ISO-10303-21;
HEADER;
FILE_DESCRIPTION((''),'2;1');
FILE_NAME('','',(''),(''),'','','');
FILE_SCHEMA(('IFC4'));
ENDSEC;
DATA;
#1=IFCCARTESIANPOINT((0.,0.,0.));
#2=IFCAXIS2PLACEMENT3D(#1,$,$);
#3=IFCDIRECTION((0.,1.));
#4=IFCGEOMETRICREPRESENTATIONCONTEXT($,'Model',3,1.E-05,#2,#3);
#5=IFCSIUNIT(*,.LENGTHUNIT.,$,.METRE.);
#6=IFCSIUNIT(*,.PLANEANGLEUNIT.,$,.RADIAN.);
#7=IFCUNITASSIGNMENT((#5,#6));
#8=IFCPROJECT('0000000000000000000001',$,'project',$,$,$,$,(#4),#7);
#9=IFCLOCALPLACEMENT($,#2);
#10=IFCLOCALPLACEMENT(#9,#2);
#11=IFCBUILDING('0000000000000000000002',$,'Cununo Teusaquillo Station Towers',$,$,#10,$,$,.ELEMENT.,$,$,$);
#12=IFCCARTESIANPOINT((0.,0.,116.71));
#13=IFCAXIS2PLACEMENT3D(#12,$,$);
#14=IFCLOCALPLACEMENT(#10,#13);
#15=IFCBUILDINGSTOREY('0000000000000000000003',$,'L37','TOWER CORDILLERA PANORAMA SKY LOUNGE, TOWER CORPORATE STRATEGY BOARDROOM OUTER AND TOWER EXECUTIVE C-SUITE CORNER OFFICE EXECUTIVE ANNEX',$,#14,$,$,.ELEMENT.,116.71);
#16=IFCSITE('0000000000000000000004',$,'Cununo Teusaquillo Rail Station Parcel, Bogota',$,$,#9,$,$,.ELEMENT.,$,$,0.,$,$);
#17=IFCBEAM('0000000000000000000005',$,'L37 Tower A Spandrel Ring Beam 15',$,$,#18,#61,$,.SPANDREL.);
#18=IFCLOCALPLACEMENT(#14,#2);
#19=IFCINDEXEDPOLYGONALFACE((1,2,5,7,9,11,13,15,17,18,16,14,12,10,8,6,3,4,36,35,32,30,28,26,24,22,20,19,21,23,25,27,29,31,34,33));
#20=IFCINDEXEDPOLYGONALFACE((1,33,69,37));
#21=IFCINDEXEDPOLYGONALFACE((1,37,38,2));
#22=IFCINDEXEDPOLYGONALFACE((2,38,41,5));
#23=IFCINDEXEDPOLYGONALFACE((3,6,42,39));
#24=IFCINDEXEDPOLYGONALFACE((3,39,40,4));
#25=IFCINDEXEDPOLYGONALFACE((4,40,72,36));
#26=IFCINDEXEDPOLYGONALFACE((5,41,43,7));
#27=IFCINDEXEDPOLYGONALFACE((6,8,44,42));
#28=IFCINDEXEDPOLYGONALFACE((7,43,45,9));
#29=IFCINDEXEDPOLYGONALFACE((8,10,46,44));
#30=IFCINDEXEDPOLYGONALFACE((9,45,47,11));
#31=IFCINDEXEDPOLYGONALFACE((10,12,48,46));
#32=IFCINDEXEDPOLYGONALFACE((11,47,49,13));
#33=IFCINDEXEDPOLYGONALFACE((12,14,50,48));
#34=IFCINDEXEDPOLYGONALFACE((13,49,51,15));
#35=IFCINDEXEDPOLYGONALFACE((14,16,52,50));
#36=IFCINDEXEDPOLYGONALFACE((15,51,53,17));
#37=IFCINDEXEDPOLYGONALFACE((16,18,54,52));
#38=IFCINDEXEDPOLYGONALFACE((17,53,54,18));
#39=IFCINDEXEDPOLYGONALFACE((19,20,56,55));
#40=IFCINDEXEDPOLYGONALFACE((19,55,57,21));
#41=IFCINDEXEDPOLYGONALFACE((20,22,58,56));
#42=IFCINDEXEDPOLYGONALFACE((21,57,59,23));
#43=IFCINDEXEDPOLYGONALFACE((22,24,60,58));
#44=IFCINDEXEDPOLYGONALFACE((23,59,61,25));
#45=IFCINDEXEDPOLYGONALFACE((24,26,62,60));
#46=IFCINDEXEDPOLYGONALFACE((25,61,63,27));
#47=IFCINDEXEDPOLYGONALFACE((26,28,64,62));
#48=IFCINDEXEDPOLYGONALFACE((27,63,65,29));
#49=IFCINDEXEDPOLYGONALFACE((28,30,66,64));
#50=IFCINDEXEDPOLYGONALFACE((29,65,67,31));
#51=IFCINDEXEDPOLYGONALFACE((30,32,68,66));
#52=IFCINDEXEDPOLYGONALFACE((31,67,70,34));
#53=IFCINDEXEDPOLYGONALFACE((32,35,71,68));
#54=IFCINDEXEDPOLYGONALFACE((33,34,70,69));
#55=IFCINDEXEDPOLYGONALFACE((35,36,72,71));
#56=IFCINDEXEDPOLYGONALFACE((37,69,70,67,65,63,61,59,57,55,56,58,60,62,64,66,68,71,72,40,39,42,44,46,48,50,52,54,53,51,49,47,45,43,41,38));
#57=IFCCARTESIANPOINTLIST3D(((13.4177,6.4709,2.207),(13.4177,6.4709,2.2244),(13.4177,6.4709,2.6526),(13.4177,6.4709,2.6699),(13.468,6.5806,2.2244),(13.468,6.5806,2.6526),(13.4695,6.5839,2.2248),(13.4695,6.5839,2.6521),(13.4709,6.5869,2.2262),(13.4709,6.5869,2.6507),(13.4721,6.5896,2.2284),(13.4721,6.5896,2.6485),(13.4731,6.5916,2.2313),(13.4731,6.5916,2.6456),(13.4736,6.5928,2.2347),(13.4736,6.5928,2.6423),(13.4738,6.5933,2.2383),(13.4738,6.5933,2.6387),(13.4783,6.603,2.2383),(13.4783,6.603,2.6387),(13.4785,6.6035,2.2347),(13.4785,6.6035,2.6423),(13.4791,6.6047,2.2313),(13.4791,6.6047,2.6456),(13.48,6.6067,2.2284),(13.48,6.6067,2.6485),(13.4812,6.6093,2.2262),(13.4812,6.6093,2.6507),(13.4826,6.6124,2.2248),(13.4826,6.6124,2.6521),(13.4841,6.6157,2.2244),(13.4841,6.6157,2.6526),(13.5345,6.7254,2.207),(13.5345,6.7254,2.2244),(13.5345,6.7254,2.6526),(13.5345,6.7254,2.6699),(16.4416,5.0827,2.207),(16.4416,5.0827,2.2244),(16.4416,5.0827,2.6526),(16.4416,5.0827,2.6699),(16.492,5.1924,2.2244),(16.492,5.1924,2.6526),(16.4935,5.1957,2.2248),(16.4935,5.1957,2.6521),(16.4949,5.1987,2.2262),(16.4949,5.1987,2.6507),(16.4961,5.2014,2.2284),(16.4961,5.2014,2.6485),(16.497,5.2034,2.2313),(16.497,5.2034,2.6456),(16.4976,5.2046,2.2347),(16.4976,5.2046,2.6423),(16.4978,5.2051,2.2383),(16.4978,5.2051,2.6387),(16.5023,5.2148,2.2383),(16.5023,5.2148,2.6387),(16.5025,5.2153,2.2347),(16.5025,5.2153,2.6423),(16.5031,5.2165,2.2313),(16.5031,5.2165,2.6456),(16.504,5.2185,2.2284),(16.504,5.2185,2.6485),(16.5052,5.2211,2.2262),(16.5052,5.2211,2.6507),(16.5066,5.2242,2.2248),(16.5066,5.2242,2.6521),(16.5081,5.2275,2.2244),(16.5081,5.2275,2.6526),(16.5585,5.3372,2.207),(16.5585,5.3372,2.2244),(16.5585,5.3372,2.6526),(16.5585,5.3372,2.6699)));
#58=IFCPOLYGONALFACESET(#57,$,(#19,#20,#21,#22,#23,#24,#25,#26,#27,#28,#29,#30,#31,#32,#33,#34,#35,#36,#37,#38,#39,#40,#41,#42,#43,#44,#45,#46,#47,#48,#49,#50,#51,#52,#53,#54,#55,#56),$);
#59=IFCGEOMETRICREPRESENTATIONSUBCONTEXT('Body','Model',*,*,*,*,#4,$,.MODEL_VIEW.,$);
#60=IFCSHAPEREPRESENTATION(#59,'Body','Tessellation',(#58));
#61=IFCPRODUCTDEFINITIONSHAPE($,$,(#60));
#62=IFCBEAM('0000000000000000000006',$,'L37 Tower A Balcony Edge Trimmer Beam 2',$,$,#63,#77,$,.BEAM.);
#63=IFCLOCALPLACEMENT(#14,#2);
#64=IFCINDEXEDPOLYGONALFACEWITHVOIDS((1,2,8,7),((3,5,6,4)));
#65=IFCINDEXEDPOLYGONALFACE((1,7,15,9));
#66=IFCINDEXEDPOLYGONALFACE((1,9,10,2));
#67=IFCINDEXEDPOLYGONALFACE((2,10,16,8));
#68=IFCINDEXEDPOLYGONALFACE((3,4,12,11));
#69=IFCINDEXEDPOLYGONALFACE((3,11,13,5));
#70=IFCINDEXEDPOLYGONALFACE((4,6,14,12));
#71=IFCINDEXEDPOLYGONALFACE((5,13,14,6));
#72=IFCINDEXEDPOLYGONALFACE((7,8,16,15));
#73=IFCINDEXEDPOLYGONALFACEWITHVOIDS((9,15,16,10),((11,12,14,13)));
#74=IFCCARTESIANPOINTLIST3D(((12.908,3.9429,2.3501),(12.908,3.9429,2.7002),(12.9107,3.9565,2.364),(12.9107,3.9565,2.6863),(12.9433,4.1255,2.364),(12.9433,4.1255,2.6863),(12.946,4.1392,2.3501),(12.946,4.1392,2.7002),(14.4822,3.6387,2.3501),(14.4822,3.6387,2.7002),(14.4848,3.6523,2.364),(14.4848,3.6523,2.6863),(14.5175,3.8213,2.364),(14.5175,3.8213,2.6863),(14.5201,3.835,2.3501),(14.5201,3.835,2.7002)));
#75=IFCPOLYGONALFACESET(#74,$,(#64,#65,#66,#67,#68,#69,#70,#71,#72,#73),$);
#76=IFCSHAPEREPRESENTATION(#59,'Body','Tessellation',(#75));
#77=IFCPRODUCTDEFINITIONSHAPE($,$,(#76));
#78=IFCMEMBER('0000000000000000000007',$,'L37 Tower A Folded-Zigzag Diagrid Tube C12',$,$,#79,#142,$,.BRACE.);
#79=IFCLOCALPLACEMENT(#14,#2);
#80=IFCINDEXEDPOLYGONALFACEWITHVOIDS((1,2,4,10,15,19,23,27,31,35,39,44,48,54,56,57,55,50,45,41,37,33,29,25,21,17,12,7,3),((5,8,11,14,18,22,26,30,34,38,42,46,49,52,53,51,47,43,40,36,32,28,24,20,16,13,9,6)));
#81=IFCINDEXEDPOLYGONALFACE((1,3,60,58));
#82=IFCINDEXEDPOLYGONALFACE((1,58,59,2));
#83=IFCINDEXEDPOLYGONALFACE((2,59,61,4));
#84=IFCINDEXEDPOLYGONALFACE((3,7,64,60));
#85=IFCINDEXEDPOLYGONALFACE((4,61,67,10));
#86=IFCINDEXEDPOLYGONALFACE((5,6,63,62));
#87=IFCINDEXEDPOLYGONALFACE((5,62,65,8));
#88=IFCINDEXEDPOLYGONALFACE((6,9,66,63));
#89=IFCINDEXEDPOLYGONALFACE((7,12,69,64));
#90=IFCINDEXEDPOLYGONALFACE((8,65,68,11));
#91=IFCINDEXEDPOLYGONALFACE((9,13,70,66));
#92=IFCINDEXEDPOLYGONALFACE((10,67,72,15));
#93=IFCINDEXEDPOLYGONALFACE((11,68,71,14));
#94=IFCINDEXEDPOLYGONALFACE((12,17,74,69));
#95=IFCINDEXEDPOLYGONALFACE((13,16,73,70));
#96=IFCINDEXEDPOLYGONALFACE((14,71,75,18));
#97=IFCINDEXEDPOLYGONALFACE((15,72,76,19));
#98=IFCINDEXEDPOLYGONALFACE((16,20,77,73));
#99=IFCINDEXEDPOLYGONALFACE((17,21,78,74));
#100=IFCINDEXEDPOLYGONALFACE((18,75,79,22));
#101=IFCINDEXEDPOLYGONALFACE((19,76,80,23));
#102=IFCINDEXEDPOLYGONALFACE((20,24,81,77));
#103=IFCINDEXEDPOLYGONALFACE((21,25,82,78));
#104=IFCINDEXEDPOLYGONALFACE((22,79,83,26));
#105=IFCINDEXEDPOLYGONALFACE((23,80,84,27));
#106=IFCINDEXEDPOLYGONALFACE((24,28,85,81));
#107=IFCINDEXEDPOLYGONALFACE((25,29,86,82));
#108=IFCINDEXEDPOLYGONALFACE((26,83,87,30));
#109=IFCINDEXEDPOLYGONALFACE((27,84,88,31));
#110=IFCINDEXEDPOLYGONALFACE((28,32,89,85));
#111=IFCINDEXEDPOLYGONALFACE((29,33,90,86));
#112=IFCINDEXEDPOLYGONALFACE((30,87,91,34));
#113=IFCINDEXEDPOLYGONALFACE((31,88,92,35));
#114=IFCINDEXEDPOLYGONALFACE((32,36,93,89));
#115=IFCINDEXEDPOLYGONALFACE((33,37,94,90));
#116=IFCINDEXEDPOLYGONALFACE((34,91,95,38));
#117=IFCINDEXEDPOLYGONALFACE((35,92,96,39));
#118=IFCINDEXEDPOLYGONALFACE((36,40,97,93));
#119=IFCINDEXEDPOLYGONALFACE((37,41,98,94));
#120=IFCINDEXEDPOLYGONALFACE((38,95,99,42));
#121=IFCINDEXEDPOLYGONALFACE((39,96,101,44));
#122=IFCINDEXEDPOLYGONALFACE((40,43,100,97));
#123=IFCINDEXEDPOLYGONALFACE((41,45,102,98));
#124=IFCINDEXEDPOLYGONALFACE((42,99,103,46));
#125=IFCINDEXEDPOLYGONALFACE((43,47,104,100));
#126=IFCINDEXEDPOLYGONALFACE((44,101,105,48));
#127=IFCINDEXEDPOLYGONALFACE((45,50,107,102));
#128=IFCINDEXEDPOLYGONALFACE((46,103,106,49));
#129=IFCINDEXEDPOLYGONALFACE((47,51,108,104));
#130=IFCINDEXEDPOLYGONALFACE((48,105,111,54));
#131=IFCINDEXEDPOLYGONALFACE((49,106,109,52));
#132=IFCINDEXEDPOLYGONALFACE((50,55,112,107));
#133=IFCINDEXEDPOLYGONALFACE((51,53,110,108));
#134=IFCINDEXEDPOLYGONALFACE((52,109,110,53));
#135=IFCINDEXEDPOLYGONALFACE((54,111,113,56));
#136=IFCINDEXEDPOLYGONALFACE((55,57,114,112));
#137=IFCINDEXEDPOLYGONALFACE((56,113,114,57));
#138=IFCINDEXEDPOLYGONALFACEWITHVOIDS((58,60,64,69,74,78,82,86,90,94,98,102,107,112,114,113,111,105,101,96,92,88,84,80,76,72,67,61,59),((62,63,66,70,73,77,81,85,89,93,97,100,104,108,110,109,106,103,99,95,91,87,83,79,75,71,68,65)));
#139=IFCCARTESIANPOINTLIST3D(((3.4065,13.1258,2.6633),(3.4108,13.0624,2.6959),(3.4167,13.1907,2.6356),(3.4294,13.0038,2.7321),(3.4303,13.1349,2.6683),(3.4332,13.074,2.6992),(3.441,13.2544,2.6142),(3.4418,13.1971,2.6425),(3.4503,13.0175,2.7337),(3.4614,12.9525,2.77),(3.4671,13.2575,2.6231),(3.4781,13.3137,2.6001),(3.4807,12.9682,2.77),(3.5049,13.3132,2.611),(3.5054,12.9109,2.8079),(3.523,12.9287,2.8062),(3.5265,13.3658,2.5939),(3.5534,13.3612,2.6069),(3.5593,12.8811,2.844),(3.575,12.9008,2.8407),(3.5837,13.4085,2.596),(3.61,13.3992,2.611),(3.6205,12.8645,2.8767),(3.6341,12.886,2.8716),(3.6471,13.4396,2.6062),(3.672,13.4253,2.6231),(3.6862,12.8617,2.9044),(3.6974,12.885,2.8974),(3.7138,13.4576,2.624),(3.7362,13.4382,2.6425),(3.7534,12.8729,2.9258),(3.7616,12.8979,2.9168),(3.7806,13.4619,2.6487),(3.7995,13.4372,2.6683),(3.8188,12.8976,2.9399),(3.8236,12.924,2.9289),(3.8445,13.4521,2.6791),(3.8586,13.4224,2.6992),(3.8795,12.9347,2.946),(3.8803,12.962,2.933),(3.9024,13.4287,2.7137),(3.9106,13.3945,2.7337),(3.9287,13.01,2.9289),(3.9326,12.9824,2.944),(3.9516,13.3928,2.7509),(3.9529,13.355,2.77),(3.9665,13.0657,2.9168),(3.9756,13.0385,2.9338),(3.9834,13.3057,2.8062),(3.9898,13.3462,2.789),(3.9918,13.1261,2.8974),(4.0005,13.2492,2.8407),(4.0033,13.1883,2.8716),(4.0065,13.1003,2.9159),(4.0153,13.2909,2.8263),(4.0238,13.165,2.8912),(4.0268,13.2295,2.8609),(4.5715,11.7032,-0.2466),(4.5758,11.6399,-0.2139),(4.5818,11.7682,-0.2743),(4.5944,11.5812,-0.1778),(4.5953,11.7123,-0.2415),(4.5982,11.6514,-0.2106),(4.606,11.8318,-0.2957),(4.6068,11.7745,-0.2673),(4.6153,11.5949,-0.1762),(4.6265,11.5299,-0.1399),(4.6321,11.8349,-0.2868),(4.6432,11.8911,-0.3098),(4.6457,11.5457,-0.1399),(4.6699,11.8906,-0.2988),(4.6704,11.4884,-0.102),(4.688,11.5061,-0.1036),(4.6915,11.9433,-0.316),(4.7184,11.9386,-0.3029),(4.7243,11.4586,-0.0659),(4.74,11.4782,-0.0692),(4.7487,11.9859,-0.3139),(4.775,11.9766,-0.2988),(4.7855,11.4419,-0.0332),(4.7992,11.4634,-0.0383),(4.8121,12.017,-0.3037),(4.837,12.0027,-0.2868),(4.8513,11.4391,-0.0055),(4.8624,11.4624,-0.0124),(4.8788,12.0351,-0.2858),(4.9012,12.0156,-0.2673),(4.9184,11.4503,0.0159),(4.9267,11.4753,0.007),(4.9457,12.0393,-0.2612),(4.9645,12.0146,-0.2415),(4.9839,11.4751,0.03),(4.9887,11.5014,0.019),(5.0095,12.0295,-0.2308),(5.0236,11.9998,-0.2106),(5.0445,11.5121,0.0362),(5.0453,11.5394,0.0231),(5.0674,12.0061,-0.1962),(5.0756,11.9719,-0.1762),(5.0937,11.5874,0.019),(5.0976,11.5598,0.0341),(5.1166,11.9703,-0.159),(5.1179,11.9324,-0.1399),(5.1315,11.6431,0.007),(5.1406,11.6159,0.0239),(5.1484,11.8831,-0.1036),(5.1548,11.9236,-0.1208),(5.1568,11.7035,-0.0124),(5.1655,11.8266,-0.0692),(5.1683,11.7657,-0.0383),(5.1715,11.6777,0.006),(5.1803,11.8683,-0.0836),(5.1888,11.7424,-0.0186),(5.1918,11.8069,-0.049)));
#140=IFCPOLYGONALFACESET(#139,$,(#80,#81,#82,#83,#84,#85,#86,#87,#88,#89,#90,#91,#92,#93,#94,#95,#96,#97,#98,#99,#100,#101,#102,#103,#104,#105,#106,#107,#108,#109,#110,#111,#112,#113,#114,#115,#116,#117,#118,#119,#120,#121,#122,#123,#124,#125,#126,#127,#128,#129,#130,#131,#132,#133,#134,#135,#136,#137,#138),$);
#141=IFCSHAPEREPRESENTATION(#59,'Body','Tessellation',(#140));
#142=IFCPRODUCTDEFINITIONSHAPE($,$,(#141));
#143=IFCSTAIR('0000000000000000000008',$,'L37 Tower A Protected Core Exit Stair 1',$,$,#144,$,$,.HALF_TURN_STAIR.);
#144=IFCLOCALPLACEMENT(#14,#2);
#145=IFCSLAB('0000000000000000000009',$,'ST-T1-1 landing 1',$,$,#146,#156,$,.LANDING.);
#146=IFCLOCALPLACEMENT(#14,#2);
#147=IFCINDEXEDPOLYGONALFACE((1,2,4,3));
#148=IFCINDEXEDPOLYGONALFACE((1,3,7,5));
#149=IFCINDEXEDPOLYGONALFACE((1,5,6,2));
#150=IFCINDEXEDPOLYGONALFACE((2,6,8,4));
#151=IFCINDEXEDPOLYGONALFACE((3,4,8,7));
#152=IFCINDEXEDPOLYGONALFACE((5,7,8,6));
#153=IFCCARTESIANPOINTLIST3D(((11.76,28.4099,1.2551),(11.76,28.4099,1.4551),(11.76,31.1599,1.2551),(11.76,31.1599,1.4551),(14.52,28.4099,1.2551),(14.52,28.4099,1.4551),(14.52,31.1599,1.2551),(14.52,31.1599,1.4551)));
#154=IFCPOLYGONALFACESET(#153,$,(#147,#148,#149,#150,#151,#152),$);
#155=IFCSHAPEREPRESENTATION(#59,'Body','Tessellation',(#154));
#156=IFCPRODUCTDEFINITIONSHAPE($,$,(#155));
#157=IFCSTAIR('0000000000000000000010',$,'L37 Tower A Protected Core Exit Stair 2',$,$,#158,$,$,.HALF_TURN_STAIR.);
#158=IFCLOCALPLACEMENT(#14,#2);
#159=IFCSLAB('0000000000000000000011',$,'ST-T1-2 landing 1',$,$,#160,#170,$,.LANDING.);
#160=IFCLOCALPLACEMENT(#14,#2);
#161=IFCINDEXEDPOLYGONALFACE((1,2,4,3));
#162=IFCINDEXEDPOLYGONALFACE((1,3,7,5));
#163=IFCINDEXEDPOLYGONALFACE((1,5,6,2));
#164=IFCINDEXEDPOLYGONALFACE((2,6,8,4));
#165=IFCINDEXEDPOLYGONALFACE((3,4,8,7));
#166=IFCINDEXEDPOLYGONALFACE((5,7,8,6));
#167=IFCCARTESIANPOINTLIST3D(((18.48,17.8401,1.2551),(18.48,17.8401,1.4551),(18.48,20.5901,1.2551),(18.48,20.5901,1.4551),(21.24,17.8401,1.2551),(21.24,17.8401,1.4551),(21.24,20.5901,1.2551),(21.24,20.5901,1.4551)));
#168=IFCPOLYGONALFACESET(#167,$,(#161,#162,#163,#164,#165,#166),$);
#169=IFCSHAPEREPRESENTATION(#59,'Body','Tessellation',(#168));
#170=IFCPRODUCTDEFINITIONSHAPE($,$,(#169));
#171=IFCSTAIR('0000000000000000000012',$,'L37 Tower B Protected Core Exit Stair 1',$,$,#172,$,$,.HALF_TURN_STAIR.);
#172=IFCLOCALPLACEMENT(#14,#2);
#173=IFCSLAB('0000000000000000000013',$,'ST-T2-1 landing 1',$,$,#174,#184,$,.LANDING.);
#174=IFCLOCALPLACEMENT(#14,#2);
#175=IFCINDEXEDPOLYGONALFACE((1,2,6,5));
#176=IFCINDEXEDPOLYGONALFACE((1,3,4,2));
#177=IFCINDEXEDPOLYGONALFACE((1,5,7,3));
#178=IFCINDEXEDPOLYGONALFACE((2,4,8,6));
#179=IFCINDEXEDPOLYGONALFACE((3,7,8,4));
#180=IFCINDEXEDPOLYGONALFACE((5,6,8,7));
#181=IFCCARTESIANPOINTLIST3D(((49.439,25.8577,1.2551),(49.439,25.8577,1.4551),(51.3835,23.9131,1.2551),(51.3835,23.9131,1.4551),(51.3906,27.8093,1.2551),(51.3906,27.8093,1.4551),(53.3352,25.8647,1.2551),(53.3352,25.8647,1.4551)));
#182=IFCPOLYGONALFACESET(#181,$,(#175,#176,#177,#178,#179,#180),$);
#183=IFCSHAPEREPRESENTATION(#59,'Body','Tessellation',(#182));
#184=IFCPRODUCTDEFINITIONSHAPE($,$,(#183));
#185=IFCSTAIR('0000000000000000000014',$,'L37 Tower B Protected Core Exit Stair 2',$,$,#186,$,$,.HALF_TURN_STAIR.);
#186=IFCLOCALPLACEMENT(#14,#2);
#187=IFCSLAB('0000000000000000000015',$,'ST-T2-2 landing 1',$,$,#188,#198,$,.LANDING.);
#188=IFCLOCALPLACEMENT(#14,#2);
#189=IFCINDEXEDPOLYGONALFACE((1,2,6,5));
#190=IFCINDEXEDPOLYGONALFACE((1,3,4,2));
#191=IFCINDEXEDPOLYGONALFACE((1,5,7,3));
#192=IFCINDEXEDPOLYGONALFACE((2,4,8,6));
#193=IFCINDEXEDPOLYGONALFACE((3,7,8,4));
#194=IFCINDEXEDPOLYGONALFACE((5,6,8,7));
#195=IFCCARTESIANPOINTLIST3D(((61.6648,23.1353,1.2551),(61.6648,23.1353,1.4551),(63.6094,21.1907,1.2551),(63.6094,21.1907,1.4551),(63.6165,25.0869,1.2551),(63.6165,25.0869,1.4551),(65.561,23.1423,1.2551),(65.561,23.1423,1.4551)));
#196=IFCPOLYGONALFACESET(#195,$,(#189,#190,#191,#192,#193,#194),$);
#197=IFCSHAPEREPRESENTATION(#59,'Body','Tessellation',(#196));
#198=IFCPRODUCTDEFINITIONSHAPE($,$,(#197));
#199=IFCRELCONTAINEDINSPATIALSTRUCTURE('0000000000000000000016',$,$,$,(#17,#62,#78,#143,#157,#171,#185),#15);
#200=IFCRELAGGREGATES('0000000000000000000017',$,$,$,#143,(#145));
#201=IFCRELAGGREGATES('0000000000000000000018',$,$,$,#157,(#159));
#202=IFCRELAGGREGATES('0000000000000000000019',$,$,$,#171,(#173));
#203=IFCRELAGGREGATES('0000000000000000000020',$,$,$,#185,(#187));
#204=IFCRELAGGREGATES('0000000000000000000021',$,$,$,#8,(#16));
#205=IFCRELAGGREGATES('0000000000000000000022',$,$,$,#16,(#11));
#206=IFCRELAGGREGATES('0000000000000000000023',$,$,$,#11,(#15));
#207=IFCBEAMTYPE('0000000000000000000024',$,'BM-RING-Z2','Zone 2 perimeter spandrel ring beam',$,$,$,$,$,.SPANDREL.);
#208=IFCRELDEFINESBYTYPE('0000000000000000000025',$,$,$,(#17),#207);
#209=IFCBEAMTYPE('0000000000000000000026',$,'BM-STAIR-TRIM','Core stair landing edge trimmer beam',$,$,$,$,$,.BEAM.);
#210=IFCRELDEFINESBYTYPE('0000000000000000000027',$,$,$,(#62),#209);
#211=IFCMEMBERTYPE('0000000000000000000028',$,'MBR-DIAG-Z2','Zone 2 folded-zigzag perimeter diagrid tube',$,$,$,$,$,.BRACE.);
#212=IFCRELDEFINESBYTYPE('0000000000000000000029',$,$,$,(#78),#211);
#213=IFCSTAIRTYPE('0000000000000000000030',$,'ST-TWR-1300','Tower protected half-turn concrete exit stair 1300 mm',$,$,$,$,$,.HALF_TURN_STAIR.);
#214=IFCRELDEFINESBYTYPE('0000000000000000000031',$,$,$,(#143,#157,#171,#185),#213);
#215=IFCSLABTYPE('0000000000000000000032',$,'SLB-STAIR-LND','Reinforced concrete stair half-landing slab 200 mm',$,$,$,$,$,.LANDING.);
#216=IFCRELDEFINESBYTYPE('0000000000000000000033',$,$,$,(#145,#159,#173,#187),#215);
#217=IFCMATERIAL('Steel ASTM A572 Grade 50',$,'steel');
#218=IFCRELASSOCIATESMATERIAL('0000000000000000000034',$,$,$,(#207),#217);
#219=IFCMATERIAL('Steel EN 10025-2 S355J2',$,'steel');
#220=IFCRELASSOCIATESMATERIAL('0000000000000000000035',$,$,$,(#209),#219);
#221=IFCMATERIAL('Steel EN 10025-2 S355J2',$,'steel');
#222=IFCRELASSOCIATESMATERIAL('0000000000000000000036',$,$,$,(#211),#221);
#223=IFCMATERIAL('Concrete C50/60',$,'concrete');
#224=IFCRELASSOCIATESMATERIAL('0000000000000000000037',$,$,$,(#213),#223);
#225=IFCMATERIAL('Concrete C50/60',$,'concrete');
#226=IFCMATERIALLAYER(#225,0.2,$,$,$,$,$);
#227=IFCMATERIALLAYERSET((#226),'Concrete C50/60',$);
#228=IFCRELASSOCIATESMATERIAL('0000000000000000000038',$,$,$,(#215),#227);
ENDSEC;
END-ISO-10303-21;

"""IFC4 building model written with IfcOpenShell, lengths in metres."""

from ifc_helpers import new_model, si_unit, direction, frame, origin, origin_2d, place, context, subcontext, project, spatial, polyline, hollow_rectangle, hollow_circle, i_section, outline, extrude, material, layer, layer_set, material_profile, profile_set, type_object, element, aggregate, save


model = new_model("IFC4")

# Units and contexts
model_context = context("Model", 3, precision=1e-05, world=origin(), true_north=direction((0.0, 1.0)))
body_context = subcontext(model_context, "Body", "Model", "MODEL_VIEW")
ifc_project = project(units=[si_unit("LENGTHUNIT", "METRE"), si_unit("PLANEANGLEUNIT", "RADIAN")], contexts=[model_context])

# Site, building, storey
site_placement = place(None, origin())
site = spatial("IfcSite", under=ifc_project, at=site_placement, Name="Cununo Teusaquillo Rail Station Parcel, Bogota", CompositionType="ELEMENT", RefElevation=0.0)
building_placement = place(site_placement, origin())
building = spatial("IfcBuilding", under=site, at=building_placement, Name="Cununo Teusaquillo Station Towers", CompositionType="ELEMENT")
storey_placement = place(building_placement, frame((0.0, 0.0, 116.71)))
storey = spatial("IfcBuildingStorey", under=building, at=storey_placement, Name="L37", Description="TOWER CORDILLERA PANORAMA SKY LOUNGE, TOWER CORPORATE STRATEGY BOARDROOM OUTER AND TOWER EXECUTIVE C-SUITE CORNER OFFICE EXECUTIVE ANNEX", CompositionType="ELEMENT", Elevation=116.71)

# Beams
ifc_material_1 = material(Name="Steel ASTM A572 Grade 50", Category="steel")
ifc_material_profile_1 = material_profile(ifc_material_1, i_section(OverallWidth=0.28, OverallDepth=0.4629, WebThickness=0.0107, FlangeThickness=0.0173, FilletRadius=0.0139, at=origin_2d()), Name="W18X76")
ifc_profile_set_1 = profile_set([ifc_material_profile_1], Name="Steel ASTM A572 Grade 50")
beam_type_1 = type_object("IfcBeamType", Name="BM-RING-Z2", Description="Zone 2 perimeter spandrel ring beam", PredefinedType="SPANDREL", material=ifc_profile_set_1)
beam_1_placement = place(storey_placement, frame((13.4761, 6.5981, 2.4385), z_axis=(0.908812, -0.417205, 0.0), x_axis=(0.417205, 0.908812, 0.0)))
element("IfcBeam", 1, at=beam_1_placement, inside=storey, type_object=beam_type_1, Name="L37 Tower A Spandrel Ring Beam 15", PredefinedType="SPANDREL", context=body_context, shape_type="SweptSolid", body=[
    extrude(i_section(OverallWidth=0.28, OverallDepth=0.4629, WebThickness=0.0107, FlangeThickness=0.0173, FilletRadius=0.0139, at=origin_2d()), origin(), (0.0, 0.0, 1.0), 3.3274),
])
ifc_material_2 = material(Name="Steel EN 10025-2 S355J2", Category="steel")
ifc_material_profile_2 = material_profile(ifc_material_2, hollow_rectangle(XDim=0.2, YDim=0.3501, WallThickness=0.0139, at=origin_2d()), Name="RHS 350x200x14")
ifc_profile_set_2 = profile_set([ifc_material_profile_2], Name="Steel EN 10025-2 S355J2")
beam_type_2 = type_object("IfcBeamType", Name="BM-STAIR-TRIM", Description="Core stair landing edge trimmer beam", PredefinedType="BEAM", material=ifc_profile_set_2)
beam_2_placement = place(storey_placement, frame((12.927, 4.041, 2.5251), z_axis=(0.981837, -0.189728, 0.0), x_axis=(0.189728, 0.981837, 0.0)))
element("IfcBeam", 2, at=beam_2_placement, inside=storey, type_object=beam_type_2, Name="L37 Tower A Balcony Edge Trimmer Beam 2", PredefinedType="BEAM", context=body_context, shape_type="SweptSolid", body=[
    extrude(hollow_rectangle(XDim=0.2, YDim=0.3501, WallThickness=0.0139, at=origin_2d()), origin(), (0.0, 0.0, 1.0), 1.6033),
])

# Member
ifc_material_3 = material(Name="Steel EN 10025-2 S355J2", Category="steel")
ifc_material_profile_3 = material_profile(ifc_material_3, hollow_circle(Radius=0.3301, WallThickness=0.0249, at=origin_2d()), Name="CHS 660x25")
ifc_profile_set_3 = profile_set([ifc_material_profile_3], Name="Steel EN 10025-2 S355J2")
member_type = type_object("IfcMemberType", Name="MBR-DIAG-Z2", Description="Zone 2 folded-zigzag perimeter diagrid tube", PredefinedType="BRACE", material=ifc_profile_set_3)
member_placement = place(storey_placement, frame((4.8818, 11.739, -0.1399), z_axis=(-0.338458, 0.413285, 0.845365), x_axis=(-0.773667, -0.633592, 0.0)))
element("IfcMember", 3, at=member_placement, inside=storey, type_object=member_type, Name="L37 Tower A Folded-Zigzag Diagrid Tube C12", PredefinedType="BRACE", context=body_context, shape_type="SweptSolid", body=[
    extrude(hollow_circle(Radius=0.3301, WallThickness=0.0249, at=origin_2d()), origin(), (0.0, 0.0, 1.0), 3.4421),
])

# Stairs, slabs
ifc_material_4 = material(Name="Concrete C50/60", Category="concrete")
stair_type = type_object("IfcStairType", Name="ST-TWR-1300", Description="Tower protected half-turn concrete exit stair 1300 mm", PredefinedType="HALF_TURN_STAIR", material=ifc_material_4)
stair_1_placement = place(storey_placement, origin())
stair_1 = element("IfcStair", 4, at=stair_1_placement, inside=storey, type_object=stair_type, Name="L37 Tower A Protected Core Exit Stair 1", PredefinedType="HALF_TURN_STAIR")
ifc_material_5 = material(Name="Concrete C50/60", Category="concrete")
ifc_layer_1 = layer(ifc_material_5, 0.2)
ifc_layer_set_1 = layer_set([ifc_layer_1], Name="Concrete C50/60")
slab_type_1 = type_object("IfcSlabType", Name="SLB-STAIR-LND", Description="Reinforced concrete stair half-landing slab 200 mm", PredefinedType="LANDING", material=ifc_layer_set_1)
slab_1_placement = place(storey_placement, frame((0.0, 0.0, 1.2551)))
slab_1 = element("IfcSlab", 5, at=slab_1_placement, type_object=slab_type_1, Name="ST-T1-1 landing 1", PredefinedType="LANDING", context=body_context, shape_type="SweptSolid", body=[
    extrude(outline(polyline([(14.52, 28.4099), (14.52, 31.1599), (11.76, 31.1599), (11.76, 28.4099), (14.52, 28.4099)])), origin(), (0.0, 0.0, 1.0), 0.2),
])
aggregate(stair_1, [slab_1])
stair_2_placement = place(storey_placement, origin())
stair_2 = element("IfcStair", 6, at=stair_2_placement, inside=storey, type_object=stair_type, Name="L37 Tower A Protected Core Exit Stair 2", PredefinedType="HALF_TURN_STAIR")
slab_2_placement = place(storey_placement, frame((0.0, 0.0, 1.2551)))
slab_2 = element("IfcSlab", 7, at=slab_2_placement, type_object=slab_type_1, Name="ST-T1-2 landing 1", PredefinedType="LANDING", context=body_context, shape_type="SweptSolid", body=[
    extrude(outline(polyline([(18.48, 20.5901), (18.48, 17.8401), (21.24, 17.8401), (21.24, 20.5901), (18.48, 20.5901)])), origin(), (0.0, 0.0, 1.0), 0.2),
])
aggregate(stair_2, [slab_2])
stair_3_placement = place(storey_placement, origin())
stair_3 = element("IfcStair", 8, at=stair_3_placement, inside=storey, type_object=stair_type, Name="L37 Tower B Protected Core Exit Stair 1", PredefinedType="HALF_TURN_STAIR")
slab_3_placement = place(storey_placement, frame((0.0, 0.0, 1.2551)))
slab_3 = element("IfcSlab", 9, at=slab_3_placement, type_object=slab_type_1, Name="ST-T2-1 landing 1", PredefinedType="LANDING", context=body_context, shape_type="SweptSolid", body=[
    extrude(outline(polyline([(53.3352, 25.8647), (51.3906, 27.8093), (49.439, 25.8577), (51.3835, 23.9131), (53.3352, 25.8647)])), origin(), (0.0, 0.0, 1.0), 0.2),
])
aggregate(stair_3, [slab_3])
stair_4_placement = place(storey_placement, origin())
stair_4 = element("IfcStair", 10, at=stair_4_placement, inside=storey, type_object=stair_type, Name="L37 Tower B Protected Core Exit Stair 2", PredefinedType="HALF_TURN_STAIR")
slab_4_placement = place(storey_placement, frame((0.0, 0.0, 1.2551)))
slab_4 = element("IfcSlab", 11, at=slab_4_placement, type_object=slab_type_1, Name="ST-T2-2 landing 1", PredefinedType="LANDING", context=body_context, shape_type="SweptSolid", body=[
    extrude(outline(polyline([(61.6648, 23.1353), (63.6094, 21.1907), (65.561, 23.1423), (63.6165, 25.0869), (61.6648, 23.1353)])), origin(), (0.0, 0.0, 1.0), 0.2),
])
aggregate(stair_4, [slab_4])

save(model, "model.ifc")
